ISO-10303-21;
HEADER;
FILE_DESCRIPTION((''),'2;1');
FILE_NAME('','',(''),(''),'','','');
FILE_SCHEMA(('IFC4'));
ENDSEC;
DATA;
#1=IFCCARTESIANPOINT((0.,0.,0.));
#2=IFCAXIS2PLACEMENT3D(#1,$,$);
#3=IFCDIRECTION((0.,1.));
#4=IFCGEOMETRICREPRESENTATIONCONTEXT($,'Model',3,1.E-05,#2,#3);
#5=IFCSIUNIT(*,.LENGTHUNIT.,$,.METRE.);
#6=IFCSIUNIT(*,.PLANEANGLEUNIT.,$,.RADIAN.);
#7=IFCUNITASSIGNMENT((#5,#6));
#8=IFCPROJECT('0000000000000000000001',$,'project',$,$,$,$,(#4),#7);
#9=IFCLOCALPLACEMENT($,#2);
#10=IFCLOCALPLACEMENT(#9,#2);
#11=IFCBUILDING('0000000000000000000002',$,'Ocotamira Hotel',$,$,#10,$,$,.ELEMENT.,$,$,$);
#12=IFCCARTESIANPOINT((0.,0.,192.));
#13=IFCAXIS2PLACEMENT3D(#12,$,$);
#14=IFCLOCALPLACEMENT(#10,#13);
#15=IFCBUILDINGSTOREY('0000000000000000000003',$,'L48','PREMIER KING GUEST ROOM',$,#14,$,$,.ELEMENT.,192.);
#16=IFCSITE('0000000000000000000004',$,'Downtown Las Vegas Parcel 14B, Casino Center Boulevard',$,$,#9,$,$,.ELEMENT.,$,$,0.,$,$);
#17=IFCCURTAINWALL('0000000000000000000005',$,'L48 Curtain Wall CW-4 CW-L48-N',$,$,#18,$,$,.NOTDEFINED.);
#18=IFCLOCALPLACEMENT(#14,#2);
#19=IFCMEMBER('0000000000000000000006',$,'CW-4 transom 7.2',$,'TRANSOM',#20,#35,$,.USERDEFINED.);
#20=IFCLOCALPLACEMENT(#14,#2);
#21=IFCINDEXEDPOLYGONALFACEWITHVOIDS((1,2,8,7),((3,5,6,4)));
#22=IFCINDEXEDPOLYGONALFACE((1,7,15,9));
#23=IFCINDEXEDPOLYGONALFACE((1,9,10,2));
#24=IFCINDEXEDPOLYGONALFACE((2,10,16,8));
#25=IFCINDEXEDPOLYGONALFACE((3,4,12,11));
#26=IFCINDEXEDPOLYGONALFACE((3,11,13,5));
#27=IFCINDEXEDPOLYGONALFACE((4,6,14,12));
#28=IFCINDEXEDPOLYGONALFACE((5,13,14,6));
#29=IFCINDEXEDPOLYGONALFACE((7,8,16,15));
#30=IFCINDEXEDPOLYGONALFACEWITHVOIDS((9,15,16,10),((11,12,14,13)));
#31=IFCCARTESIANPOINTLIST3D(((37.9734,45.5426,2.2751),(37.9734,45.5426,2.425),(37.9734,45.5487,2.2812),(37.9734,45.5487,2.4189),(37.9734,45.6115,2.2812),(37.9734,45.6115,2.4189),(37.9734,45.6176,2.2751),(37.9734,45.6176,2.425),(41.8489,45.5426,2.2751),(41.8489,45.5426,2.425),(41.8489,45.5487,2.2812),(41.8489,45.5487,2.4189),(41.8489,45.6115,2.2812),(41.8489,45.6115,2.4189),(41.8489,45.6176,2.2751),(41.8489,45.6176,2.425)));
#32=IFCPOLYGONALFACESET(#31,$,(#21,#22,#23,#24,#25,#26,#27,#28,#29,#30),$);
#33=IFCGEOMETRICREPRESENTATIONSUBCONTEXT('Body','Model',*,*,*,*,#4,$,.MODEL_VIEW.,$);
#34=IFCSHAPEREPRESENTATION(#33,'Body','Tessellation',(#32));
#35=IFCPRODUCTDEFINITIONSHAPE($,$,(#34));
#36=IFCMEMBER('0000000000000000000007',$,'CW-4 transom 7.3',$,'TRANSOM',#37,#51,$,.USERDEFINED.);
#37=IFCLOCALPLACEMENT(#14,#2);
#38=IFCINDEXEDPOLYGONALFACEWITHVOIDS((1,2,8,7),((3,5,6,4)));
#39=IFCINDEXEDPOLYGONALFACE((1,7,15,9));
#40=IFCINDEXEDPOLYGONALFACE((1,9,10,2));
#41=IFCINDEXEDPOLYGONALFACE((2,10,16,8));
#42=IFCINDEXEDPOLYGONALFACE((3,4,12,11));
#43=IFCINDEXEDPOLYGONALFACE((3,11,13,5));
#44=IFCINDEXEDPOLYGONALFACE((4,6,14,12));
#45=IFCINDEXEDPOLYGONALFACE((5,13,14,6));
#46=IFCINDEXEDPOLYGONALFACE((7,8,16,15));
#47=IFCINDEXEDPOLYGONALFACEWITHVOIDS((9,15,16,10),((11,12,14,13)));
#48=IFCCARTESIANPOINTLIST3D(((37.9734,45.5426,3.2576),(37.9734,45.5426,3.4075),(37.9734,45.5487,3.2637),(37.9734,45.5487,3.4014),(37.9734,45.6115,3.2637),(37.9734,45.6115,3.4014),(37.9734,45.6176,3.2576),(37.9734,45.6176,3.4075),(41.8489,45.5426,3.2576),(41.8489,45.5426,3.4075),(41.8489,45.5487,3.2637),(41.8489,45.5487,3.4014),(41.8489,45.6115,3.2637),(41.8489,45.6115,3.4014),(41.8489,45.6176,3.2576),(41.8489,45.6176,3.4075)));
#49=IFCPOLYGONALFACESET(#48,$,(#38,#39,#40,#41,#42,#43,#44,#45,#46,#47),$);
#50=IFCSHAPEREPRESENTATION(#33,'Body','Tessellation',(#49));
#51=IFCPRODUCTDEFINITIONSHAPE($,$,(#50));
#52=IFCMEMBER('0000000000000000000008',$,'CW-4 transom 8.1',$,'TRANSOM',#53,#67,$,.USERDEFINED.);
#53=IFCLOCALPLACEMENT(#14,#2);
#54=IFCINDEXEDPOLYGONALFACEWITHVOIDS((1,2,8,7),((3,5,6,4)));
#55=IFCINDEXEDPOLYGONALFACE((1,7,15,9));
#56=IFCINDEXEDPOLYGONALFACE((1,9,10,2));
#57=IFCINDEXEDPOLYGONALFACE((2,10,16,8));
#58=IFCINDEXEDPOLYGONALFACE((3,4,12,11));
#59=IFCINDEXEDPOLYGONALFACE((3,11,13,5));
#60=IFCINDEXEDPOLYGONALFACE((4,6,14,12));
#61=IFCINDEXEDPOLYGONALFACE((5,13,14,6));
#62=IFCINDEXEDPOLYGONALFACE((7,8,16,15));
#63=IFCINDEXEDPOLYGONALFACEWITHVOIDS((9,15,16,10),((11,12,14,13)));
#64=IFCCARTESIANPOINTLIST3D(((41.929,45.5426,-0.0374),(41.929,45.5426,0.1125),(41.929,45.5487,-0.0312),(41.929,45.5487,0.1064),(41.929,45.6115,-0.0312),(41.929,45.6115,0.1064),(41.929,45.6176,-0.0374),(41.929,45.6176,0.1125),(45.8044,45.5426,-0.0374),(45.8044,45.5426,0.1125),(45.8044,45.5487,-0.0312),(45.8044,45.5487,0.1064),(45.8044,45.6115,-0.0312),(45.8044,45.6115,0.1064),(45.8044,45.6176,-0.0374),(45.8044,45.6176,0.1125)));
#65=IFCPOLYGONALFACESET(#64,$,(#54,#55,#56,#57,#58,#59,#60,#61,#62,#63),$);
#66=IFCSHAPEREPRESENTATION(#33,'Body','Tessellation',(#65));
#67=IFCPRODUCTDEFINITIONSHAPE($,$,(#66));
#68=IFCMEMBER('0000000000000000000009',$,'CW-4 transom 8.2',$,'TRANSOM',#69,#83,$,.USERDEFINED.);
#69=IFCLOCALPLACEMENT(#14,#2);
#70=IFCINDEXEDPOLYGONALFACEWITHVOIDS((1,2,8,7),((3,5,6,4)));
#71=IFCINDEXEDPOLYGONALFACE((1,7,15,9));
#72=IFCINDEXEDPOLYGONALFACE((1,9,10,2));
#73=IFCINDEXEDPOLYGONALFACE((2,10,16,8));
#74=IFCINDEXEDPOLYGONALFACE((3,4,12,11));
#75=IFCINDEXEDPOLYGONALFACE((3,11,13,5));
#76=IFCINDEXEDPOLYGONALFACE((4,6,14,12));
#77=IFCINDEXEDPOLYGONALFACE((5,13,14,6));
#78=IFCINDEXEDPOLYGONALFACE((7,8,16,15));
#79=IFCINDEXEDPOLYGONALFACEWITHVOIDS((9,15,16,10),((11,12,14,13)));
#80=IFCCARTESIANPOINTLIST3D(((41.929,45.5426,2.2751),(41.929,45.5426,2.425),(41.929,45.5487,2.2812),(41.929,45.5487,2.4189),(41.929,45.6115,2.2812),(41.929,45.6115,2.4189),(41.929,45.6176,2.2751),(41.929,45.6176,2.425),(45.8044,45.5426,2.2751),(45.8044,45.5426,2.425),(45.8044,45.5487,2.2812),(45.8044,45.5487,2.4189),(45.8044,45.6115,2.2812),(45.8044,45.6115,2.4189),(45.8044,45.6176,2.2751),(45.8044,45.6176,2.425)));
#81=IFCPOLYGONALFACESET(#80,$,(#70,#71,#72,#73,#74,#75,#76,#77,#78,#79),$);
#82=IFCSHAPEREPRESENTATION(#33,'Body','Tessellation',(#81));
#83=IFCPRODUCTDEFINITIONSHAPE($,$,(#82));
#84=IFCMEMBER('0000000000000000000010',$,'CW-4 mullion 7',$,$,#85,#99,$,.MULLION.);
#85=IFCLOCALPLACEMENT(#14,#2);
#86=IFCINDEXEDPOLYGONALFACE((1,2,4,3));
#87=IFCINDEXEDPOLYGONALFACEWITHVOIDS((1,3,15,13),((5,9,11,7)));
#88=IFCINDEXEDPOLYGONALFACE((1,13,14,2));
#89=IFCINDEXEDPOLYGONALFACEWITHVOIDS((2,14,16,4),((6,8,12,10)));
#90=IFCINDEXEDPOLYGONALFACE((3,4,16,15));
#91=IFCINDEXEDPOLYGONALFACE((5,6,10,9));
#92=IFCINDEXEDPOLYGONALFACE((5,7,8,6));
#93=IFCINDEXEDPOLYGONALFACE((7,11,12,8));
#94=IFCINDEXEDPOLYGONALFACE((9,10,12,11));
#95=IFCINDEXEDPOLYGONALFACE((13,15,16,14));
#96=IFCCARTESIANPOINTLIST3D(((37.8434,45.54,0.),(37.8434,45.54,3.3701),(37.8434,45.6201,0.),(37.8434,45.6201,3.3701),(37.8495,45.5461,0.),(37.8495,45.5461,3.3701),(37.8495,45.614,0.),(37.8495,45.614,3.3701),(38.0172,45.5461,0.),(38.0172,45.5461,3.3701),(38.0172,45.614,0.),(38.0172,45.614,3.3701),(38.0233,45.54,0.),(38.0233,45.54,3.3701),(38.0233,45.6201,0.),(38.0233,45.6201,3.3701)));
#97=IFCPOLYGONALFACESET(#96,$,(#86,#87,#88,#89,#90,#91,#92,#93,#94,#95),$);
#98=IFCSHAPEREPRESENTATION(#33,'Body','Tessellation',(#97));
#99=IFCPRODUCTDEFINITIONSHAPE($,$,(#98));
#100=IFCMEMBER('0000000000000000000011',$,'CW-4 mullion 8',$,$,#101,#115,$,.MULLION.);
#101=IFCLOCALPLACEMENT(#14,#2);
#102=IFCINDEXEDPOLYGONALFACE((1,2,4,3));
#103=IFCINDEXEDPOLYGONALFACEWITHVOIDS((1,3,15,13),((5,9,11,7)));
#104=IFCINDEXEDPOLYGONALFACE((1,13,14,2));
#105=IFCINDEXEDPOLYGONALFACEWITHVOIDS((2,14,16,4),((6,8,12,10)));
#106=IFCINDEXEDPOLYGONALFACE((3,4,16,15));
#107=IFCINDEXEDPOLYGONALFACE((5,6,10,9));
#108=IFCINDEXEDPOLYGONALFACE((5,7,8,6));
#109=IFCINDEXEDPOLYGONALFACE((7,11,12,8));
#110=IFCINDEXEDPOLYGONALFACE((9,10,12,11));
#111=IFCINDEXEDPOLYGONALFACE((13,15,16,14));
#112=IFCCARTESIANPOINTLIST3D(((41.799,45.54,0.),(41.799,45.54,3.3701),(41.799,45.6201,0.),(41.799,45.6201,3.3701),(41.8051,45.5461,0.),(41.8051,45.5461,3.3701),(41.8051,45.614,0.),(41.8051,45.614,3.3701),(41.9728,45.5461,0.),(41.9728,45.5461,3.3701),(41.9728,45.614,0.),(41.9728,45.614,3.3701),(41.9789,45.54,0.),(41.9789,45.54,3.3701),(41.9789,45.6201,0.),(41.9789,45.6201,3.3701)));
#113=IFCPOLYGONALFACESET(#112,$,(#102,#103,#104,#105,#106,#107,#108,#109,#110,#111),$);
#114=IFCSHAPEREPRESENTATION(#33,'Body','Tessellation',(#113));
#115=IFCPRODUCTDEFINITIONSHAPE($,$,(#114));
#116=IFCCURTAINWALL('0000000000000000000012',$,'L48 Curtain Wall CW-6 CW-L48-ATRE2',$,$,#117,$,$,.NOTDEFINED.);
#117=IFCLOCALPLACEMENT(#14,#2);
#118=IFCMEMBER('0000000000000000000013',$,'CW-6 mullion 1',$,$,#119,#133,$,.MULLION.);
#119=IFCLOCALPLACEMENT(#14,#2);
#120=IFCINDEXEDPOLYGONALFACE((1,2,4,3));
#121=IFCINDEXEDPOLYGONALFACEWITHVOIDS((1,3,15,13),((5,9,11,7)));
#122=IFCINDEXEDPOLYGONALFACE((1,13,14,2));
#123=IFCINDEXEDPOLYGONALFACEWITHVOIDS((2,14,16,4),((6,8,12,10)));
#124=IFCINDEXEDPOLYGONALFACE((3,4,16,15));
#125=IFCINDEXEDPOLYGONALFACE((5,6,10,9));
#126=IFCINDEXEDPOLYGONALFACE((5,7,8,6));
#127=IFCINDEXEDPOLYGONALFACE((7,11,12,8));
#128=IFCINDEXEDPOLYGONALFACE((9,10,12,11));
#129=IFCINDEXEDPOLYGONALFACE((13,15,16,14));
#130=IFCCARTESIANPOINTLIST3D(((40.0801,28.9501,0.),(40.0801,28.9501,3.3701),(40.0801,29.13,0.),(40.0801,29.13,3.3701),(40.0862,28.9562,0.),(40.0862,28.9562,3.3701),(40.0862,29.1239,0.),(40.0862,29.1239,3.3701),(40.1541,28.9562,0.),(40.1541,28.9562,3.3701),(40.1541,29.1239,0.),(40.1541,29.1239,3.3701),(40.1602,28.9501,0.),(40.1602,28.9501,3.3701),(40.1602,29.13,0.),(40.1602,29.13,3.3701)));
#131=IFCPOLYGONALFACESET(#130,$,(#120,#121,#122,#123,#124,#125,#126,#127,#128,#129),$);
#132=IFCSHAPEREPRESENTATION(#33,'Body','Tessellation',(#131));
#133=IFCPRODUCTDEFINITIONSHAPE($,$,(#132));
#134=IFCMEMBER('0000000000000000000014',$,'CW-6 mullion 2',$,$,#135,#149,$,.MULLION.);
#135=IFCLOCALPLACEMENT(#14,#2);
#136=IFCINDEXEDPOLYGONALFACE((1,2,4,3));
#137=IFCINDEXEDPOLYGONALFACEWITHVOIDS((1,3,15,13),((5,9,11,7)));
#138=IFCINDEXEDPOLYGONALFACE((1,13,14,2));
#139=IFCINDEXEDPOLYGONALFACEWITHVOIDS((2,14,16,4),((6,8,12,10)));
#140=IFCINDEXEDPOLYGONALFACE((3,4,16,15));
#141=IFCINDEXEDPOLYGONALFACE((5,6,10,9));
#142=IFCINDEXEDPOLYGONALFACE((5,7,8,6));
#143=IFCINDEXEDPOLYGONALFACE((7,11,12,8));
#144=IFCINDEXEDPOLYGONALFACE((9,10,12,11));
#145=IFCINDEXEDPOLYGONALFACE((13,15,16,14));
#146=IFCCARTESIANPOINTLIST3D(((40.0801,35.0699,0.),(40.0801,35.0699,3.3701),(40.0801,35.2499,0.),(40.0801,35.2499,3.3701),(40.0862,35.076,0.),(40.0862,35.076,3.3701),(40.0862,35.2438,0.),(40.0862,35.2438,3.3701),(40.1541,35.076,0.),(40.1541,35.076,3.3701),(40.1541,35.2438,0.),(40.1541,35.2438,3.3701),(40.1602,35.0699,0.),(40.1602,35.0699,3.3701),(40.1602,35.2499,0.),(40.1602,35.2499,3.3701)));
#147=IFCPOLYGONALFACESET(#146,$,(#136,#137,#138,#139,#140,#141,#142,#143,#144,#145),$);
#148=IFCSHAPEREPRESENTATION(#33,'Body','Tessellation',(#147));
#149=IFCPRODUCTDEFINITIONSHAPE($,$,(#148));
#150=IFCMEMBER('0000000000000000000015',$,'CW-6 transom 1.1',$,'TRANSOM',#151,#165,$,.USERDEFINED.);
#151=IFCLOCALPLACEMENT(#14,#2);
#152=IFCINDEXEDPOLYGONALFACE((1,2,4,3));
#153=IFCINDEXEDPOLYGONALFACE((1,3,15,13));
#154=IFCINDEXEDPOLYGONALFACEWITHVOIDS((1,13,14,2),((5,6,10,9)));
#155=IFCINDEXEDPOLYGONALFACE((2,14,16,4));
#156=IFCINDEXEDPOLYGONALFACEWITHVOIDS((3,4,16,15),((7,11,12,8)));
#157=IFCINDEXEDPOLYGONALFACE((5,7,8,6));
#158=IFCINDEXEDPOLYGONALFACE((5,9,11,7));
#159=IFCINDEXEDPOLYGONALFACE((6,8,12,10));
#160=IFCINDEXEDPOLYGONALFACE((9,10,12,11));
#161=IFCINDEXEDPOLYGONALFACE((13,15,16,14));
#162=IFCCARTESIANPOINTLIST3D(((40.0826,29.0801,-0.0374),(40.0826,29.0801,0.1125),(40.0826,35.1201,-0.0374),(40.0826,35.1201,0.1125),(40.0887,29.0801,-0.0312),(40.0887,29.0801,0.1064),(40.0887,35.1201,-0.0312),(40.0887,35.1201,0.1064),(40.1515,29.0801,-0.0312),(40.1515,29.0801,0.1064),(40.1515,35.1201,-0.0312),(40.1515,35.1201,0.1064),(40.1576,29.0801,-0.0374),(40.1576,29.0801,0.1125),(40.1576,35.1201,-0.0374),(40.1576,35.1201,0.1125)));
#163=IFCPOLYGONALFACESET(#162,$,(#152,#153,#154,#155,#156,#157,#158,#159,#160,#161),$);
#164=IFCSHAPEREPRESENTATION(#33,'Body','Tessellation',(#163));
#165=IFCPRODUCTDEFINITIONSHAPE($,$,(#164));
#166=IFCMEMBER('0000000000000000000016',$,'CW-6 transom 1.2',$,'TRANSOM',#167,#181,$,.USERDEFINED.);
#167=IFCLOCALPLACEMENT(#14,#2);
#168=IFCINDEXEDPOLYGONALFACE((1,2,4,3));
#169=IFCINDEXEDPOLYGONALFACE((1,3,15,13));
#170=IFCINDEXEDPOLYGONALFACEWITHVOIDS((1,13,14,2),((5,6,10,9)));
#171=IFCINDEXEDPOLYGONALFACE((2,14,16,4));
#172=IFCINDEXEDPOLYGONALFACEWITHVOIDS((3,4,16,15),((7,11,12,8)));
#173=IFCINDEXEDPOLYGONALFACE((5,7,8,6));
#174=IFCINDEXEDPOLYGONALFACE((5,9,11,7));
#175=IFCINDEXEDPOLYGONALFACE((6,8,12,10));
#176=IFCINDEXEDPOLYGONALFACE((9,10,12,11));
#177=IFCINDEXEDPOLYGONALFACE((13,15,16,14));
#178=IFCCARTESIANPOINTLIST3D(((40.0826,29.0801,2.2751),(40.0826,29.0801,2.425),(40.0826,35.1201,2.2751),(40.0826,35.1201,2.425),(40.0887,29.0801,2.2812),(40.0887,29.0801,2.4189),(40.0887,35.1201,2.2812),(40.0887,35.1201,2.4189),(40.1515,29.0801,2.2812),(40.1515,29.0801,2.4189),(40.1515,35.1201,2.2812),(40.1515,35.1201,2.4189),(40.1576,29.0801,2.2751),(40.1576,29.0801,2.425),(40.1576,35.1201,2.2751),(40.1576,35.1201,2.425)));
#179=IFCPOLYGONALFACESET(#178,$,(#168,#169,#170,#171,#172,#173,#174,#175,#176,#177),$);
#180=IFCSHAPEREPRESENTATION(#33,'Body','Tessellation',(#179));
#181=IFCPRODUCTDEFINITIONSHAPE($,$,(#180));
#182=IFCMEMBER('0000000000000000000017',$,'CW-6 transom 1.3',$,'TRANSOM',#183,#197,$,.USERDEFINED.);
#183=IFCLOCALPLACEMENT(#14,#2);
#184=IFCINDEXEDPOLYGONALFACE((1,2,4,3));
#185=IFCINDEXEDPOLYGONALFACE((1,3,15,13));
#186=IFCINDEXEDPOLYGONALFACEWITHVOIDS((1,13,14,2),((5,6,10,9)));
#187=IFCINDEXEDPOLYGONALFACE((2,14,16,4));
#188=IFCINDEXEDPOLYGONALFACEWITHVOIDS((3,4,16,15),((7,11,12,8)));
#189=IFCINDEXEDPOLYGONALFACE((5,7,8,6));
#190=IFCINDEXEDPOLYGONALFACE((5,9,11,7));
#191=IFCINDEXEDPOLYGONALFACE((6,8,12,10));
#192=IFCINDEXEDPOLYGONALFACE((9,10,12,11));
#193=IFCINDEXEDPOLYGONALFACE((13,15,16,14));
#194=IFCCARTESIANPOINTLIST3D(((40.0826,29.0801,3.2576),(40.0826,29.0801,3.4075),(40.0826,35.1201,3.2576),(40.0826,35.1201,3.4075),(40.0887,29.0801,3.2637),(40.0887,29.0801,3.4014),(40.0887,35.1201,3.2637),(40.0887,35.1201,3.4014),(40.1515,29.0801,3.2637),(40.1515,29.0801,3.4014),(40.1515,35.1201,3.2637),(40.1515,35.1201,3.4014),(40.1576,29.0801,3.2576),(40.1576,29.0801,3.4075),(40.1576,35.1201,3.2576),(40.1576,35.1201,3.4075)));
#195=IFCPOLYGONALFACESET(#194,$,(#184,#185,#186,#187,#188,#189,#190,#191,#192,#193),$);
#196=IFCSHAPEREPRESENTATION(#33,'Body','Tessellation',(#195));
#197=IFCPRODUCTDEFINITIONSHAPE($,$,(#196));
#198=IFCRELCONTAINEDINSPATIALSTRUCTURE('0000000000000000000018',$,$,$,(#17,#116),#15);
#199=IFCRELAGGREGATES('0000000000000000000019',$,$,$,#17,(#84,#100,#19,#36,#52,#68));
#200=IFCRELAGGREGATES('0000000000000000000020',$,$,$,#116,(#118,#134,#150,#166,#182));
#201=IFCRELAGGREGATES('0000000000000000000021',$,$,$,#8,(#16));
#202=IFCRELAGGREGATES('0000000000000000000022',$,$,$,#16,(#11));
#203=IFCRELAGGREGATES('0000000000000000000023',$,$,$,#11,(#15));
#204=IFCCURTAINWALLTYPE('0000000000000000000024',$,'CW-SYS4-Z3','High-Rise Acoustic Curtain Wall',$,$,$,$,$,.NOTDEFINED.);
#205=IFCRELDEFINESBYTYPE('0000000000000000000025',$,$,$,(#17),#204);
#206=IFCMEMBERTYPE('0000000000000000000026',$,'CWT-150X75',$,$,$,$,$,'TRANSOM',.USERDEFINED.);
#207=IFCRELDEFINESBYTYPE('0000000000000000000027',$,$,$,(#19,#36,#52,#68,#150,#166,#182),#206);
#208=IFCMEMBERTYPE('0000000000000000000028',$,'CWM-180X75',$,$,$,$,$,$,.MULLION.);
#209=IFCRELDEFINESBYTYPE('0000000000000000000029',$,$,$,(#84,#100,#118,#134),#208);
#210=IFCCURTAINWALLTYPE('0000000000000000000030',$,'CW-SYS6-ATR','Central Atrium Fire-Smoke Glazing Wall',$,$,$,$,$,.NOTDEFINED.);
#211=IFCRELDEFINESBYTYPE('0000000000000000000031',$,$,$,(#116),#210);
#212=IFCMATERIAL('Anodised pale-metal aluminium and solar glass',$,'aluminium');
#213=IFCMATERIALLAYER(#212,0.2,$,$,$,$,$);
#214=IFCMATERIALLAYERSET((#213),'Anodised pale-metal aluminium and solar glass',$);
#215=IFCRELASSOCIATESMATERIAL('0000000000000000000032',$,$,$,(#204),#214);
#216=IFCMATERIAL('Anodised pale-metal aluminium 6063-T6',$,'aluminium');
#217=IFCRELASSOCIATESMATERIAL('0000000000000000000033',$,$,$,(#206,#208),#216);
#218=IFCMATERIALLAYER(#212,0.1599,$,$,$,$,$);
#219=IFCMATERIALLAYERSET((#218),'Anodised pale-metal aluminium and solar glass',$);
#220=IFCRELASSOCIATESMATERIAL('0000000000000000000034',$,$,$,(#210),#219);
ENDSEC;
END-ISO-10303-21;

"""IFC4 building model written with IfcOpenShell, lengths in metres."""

from ifc_helpers import new_model, si_unit, direction, frame, origin, origin_2d, place, context, subcontext, project, spatial, hollow_rectangle, extrude, source, transform, mapped, material, layer, layer_set, material_profile, profile_set, type_object, element, aggregate, save


model = new_model("IFC4")

# Units and contexts
model_context = context("Model", 3, precision=1e-05, world=origin(), true_north=direction((0.0, 1.0)))
body_context = subcontext(model_context, "Body", "Model", "MODEL_VIEW")
ifc_project = project(units=[si_unit("LENGTHUNIT", "METRE"), si_unit("PLANEANGLEUNIT", "RADIAN")], contexts=[model_context])

# Site, building, storey
site_placement = place(None, origin())
site = spatial("IfcSite", under=ifc_project, at=site_placement, Name="Downtown Las Vegas Parcel 14B, Casino Center Boulevard", CompositionType="ELEMENT", RefElevation=0.0)
building_placement = place(site_placement, origin())
building = spatial("IfcBuilding", under=site, at=building_placement, Name="Ocotamira Hotel", CompositionType="ELEMENT")
storey_placement = place(building_placement, frame((0.0, 0.0, 192.0)))
storey = spatial("IfcBuildingStorey", under=building, at=storey_placement, Name="L48", Description="PREMIER KING GUEST ROOM", CompositionType="ELEMENT", Elevation=192.0)

# Curtain walls, members
ifc_material_1 = material(Name="Anodised pale-metal aluminium and solar glass", Category="aluminium")
ifc_layer_1 = layer(ifc_material_1, 0.2)
ifc_layer_set_1 = layer_set([ifc_layer_1], Name="Anodised pale-metal aluminium and solar glass")
curtain_wall_type_1 = type_object("IfcCurtainWallType", Name="CW-SYS4-Z3", Description="High-Rise Acoustic Curtain Wall", PredefinedType="NOTDEFINED", material=ifc_layer_set_1)
curtain_wall_1_placement = place(storey_placement, origin())
curtain_wall_1 = element("IfcCurtainWall", 1, at=curtain_wall_1_placement, inside=storey, type_object=curtain_wall_type_1, Name="L48 Curtain Wall CW-4 CW-L48-N", PredefinedType="NOTDEFINED")
ifc_material_2 = material(Name="Anodised pale-metal aluminium 6063-T6", Category="aluminium")
ifc_material_profile_1 = material_profile(ifc_material_2, hollow_rectangle(XDim=0.075, YDim=0.1499, WallThickness=0.0061, at=origin_2d()), Name="HSS150X75X6")
ifc_profile_set_1 = profile_set([ifc_material_profile_1], Name="Anodised pale-metal aluminium 6063-T6")
member_type_1 = type_object("IfcMemberType", Name="CWT-150X75", ElementType="TRANSOM", PredefinedType="USERDEFINED", material=ifc_profile_set_1)
shared_shape_1 = source(origin(), body_context, "Body", "SweptSolid", [
    extrude(hollow_rectangle(XDim=0.075, YDim=0.1499, WallThickness=0.0061, at=origin_2d()), origin(), (0.0, 0.0, 1.0), 3.8755),
])
member_1_placement = place(storey_placement, frame((37.9734, 45.5801, 2.3501), z_axis=(1.0, 0.0, 0.0), x_axis=(0.0, 1.0, 0.0)))
member_1 = element("IfcMember", 2, at=member_1_placement, type_object=member_type_1, Name="CW-4 transom 7.2", ObjectType="TRANSOM", PredefinedType="USERDEFINED", context=body_context, shape_type="MappedRepresentation", body=[
    mapped(shared_shape_1, transform((0.0, 0.0, 0.0), scale=1.0)),
])
member_2_placement = place(storey_placement, frame((37.9734, 45.5801, 3.3325), z_axis=(1.0, 0.0, 0.0), x_axis=(0.0, 1.0, 0.0)))
member_2 = element("IfcMember", 3, at=member_2_placement, type_object=member_type_1, Name="CW-4 transom 7.3", ObjectType="TRANSOM", PredefinedType="USERDEFINED", context=body_context, shape_type="MappedRepresentation", body=[
    mapped(shared_shape_1, transform((0.0, 0.0, 0.0), scale=1.0)),
])
member_3_placement = place(storey_placement, frame((41.929, 45.5801, 0.0376), z_axis=(1.0, 0.0, 0.0), x_axis=(0.0, 1.0, 0.0)))
member_3 = element("IfcMember", 4, at=member_3_placement, type_object=member_type_1, Name="CW-4 transom 8.1", ObjectType="TRANSOM", PredefinedType="USERDEFINED", context=body_context, shape_type="MappedRepresentation", body=[
    mapped(shared_shape_1, transform((0.0, 0.0, 0.0), scale=1.0)),
])
member_4_placement = place(storey_placement, frame((41.929, 45.5801, 2.3501), z_axis=(1.0, 0.0, 0.0), x_axis=(0.0, 1.0, 0.0)))
member_4 = element("IfcMember", 5, at=member_4_placement, type_object=member_type_1, Name="CW-4 transom 8.2", ObjectType="TRANSOM", PredefinedType="USERDEFINED", context=body_context, shape_type="MappedRepresentation", body=[
    mapped(shared_shape_1, transform((0.0, 0.0, 0.0), scale=1.0)),
])
ifc_material_profile_2 = material_profile(ifc_material_2, hollow_rectangle(XDim=0.0801, YDim=0.1799, WallThickness=0.0061, at=origin_2d()), Name="HSS180X80X6")
ifc_profile_set_2 = profile_set([ifc_material_profile_2], Name="Anodised pale-metal aluminium 6063-T6")
member_type_2 = type_object("IfcMemberType", Name="CWM-180X75", PredefinedType="MULLION", material=ifc_profile_set_2)
shared_shape_2 = source(origin(), body_context, "Body", "SweptSolid", [
    extrude(hollow_rectangle(XDim=0.0801, YDim=0.1799, WallThickness=0.0061, at=origin_2d()), origin(), (0.0, 0.0, 1.0), 3.3701),
])
member_5_placement = place(storey_placement, frame((37.9333, 45.5801, 0.0), z_axis=(0.0, 0.0, 1.0), x_axis=(0.0, 1.0, 0.0)))
member_5 = element("IfcMember", 6, at=member_5_placement, type_object=member_type_2, Name="CW-4 mullion 7", PredefinedType="MULLION", context=body_context, shape_type="MappedRepresentation", body=[
    mapped(shared_shape_2, transform((0.0, 0.0, 0.0), scale=1.0)),
])
member_6_placement = place(storey_placement, frame((41.8889, 45.5801, 0.0), z_axis=(0.0, 0.0, 1.0), x_axis=(0.0, 1.0, 0.0)))
member_6 = element("IfcMember", 7, at=member_6_placement, type_object=member_type_2, Name="CW-4 mullion 8", PredefinedType="MULLION", context=body_context, shape_type="MappedRepresentation", body=[
    mapped(shared_shape_2, transform((0.0, 0.0, 0.0), scale=1.0)),
])
ifc_layer_2 = layer(ifc_material_1, 0.1599)
ifc_layer_set_2 = layer_set([ifc_layer_2], Name="Anodised pale-metal aluminium and solar glass")
curtain_wall_type_2 = type_object("IfcCurtainWallType", Name="CW-SYS6-ATR", Description="Central Atrium Fire-Smoke Glazing Wall", PredefinedType="NOTDEFINED", material=ifc_layer_set_2)
curtain_wall_2_placement = place(storey_placement, origin())
curtain_wall_2 = element("IfcCurtainWall", 8, at=curtain_wall_2_placement, inside=storey, type_object=curtain_wall_type_2, Name="L48 Curtain Wall CW-6 CW-L48-ATRE2", PredefinedType="NOTDEFINED")
member_7_placement = place(storey_placement, frame((40.1201, 29.04, 0.0), z_axis=(0.0, 0.0, 1.0), x_axis=(-1.0, 0.0, 0.0)))
member_7 = element("IfcMember", 9, at=member_7_placement, type_object=member_type_2, Name="CW-6 mullion 1", PredefinedType="MULLION", context=body_context, shape_type="MappedRepresentation", body=[
    mapped(shared_shape_2, transform((0.0, 0.0, 0.0), scale=1.0)),
])
member_8_placement = place(storey_placement, frame((40.1201, 35.1599, 0.0), z_axis=(0.0, 0.0, 1.0), x_axis=(-1.0, 0.0, 0.0)))
member_8 = element("IfcMember", 10, at=member_8_placement, type_object=member_type_2, Name="CW-6 mullion 2", PredefinedType="MULLION", context=body_context, shape_type="MappedRepresentation", body=[
    mapped(shared_shape_2, transform((0.0, 0.0, 0.0), scale=1.0)),
])
shared_shape_3 = source(origin(), body_context, "Body", "SweptSolid", [
    extrude(hollow_rectangle(XDim=0.075, YDim=0.1499, WallThickness=0.0061, at=origin_2d()), origin(), (0.0, 0.0, 1.0), 6.04),
])
member_9_placement = place(storey_placement, frame((40.1201, 29.0801, 0.0376), z_axis=(0.0, 1.0, 0.0), x_axis=(-1.0, 0.0, 0.0)))
member_9 = element("IfcMember", 11, at=member_9_placement, type_object=member_type_1, Name="CW-6 transom 1.1", ObjectType="TRANSOM", PredefinedType="USERDEFINED", context=body_context, shape_type="MappedRepresentation", body=[
    mapped(shared_shape_3, transform((0.0, 0.0, 0.0), scale=1.0)),
])
member_10_placement = place(storey_placement, frame((40.1201, 29.0801, 2.3501), z_axis=(0.0, 1.0, 0.0), x_axis=(-1.0, 0.0, 0.0)))
member_10 = element("IfcMember", 12, at=member_10_placement, type_object=member_type_1, Name="CW-6 transom 1.2", ObjectType="TRANSOM", PredefinedType="USERDEFINED", context=body_context, shape_type="MappedRepresentation", body=[
    mapped(shared_shape_3, transform((0.0, 0.0, 0.0), scale=1.0)),
])
member_11_placement = place(storey_placement, frame((40.1201, 29.0801, 3.3325), z_axis=(0.0, 1.0, 0.0), x_axis=(-1.0, 0.0, 0.0)))
member_11 = element("IfcMember", 13, at=member_11_placement, type_object=member_type_1, Name="CW-6 transom 1.3", ObjectType="TRANSOM", PredefinedType="USERDEFINED", context=body_context, shape_type="MappedRepresentation", body=[
    mapped(shared_shape_3, transform((0.0, 0.0, 0.0), scale=1.0)),
])

aggregate(curtain_wall_1, [member_5, member_6, member_1, member_2, member_3, member_4])
aggregate(curtain_wall_2, [member_7, member_8, member_9, member_10, member_11])

save(model, "model.ifc")
